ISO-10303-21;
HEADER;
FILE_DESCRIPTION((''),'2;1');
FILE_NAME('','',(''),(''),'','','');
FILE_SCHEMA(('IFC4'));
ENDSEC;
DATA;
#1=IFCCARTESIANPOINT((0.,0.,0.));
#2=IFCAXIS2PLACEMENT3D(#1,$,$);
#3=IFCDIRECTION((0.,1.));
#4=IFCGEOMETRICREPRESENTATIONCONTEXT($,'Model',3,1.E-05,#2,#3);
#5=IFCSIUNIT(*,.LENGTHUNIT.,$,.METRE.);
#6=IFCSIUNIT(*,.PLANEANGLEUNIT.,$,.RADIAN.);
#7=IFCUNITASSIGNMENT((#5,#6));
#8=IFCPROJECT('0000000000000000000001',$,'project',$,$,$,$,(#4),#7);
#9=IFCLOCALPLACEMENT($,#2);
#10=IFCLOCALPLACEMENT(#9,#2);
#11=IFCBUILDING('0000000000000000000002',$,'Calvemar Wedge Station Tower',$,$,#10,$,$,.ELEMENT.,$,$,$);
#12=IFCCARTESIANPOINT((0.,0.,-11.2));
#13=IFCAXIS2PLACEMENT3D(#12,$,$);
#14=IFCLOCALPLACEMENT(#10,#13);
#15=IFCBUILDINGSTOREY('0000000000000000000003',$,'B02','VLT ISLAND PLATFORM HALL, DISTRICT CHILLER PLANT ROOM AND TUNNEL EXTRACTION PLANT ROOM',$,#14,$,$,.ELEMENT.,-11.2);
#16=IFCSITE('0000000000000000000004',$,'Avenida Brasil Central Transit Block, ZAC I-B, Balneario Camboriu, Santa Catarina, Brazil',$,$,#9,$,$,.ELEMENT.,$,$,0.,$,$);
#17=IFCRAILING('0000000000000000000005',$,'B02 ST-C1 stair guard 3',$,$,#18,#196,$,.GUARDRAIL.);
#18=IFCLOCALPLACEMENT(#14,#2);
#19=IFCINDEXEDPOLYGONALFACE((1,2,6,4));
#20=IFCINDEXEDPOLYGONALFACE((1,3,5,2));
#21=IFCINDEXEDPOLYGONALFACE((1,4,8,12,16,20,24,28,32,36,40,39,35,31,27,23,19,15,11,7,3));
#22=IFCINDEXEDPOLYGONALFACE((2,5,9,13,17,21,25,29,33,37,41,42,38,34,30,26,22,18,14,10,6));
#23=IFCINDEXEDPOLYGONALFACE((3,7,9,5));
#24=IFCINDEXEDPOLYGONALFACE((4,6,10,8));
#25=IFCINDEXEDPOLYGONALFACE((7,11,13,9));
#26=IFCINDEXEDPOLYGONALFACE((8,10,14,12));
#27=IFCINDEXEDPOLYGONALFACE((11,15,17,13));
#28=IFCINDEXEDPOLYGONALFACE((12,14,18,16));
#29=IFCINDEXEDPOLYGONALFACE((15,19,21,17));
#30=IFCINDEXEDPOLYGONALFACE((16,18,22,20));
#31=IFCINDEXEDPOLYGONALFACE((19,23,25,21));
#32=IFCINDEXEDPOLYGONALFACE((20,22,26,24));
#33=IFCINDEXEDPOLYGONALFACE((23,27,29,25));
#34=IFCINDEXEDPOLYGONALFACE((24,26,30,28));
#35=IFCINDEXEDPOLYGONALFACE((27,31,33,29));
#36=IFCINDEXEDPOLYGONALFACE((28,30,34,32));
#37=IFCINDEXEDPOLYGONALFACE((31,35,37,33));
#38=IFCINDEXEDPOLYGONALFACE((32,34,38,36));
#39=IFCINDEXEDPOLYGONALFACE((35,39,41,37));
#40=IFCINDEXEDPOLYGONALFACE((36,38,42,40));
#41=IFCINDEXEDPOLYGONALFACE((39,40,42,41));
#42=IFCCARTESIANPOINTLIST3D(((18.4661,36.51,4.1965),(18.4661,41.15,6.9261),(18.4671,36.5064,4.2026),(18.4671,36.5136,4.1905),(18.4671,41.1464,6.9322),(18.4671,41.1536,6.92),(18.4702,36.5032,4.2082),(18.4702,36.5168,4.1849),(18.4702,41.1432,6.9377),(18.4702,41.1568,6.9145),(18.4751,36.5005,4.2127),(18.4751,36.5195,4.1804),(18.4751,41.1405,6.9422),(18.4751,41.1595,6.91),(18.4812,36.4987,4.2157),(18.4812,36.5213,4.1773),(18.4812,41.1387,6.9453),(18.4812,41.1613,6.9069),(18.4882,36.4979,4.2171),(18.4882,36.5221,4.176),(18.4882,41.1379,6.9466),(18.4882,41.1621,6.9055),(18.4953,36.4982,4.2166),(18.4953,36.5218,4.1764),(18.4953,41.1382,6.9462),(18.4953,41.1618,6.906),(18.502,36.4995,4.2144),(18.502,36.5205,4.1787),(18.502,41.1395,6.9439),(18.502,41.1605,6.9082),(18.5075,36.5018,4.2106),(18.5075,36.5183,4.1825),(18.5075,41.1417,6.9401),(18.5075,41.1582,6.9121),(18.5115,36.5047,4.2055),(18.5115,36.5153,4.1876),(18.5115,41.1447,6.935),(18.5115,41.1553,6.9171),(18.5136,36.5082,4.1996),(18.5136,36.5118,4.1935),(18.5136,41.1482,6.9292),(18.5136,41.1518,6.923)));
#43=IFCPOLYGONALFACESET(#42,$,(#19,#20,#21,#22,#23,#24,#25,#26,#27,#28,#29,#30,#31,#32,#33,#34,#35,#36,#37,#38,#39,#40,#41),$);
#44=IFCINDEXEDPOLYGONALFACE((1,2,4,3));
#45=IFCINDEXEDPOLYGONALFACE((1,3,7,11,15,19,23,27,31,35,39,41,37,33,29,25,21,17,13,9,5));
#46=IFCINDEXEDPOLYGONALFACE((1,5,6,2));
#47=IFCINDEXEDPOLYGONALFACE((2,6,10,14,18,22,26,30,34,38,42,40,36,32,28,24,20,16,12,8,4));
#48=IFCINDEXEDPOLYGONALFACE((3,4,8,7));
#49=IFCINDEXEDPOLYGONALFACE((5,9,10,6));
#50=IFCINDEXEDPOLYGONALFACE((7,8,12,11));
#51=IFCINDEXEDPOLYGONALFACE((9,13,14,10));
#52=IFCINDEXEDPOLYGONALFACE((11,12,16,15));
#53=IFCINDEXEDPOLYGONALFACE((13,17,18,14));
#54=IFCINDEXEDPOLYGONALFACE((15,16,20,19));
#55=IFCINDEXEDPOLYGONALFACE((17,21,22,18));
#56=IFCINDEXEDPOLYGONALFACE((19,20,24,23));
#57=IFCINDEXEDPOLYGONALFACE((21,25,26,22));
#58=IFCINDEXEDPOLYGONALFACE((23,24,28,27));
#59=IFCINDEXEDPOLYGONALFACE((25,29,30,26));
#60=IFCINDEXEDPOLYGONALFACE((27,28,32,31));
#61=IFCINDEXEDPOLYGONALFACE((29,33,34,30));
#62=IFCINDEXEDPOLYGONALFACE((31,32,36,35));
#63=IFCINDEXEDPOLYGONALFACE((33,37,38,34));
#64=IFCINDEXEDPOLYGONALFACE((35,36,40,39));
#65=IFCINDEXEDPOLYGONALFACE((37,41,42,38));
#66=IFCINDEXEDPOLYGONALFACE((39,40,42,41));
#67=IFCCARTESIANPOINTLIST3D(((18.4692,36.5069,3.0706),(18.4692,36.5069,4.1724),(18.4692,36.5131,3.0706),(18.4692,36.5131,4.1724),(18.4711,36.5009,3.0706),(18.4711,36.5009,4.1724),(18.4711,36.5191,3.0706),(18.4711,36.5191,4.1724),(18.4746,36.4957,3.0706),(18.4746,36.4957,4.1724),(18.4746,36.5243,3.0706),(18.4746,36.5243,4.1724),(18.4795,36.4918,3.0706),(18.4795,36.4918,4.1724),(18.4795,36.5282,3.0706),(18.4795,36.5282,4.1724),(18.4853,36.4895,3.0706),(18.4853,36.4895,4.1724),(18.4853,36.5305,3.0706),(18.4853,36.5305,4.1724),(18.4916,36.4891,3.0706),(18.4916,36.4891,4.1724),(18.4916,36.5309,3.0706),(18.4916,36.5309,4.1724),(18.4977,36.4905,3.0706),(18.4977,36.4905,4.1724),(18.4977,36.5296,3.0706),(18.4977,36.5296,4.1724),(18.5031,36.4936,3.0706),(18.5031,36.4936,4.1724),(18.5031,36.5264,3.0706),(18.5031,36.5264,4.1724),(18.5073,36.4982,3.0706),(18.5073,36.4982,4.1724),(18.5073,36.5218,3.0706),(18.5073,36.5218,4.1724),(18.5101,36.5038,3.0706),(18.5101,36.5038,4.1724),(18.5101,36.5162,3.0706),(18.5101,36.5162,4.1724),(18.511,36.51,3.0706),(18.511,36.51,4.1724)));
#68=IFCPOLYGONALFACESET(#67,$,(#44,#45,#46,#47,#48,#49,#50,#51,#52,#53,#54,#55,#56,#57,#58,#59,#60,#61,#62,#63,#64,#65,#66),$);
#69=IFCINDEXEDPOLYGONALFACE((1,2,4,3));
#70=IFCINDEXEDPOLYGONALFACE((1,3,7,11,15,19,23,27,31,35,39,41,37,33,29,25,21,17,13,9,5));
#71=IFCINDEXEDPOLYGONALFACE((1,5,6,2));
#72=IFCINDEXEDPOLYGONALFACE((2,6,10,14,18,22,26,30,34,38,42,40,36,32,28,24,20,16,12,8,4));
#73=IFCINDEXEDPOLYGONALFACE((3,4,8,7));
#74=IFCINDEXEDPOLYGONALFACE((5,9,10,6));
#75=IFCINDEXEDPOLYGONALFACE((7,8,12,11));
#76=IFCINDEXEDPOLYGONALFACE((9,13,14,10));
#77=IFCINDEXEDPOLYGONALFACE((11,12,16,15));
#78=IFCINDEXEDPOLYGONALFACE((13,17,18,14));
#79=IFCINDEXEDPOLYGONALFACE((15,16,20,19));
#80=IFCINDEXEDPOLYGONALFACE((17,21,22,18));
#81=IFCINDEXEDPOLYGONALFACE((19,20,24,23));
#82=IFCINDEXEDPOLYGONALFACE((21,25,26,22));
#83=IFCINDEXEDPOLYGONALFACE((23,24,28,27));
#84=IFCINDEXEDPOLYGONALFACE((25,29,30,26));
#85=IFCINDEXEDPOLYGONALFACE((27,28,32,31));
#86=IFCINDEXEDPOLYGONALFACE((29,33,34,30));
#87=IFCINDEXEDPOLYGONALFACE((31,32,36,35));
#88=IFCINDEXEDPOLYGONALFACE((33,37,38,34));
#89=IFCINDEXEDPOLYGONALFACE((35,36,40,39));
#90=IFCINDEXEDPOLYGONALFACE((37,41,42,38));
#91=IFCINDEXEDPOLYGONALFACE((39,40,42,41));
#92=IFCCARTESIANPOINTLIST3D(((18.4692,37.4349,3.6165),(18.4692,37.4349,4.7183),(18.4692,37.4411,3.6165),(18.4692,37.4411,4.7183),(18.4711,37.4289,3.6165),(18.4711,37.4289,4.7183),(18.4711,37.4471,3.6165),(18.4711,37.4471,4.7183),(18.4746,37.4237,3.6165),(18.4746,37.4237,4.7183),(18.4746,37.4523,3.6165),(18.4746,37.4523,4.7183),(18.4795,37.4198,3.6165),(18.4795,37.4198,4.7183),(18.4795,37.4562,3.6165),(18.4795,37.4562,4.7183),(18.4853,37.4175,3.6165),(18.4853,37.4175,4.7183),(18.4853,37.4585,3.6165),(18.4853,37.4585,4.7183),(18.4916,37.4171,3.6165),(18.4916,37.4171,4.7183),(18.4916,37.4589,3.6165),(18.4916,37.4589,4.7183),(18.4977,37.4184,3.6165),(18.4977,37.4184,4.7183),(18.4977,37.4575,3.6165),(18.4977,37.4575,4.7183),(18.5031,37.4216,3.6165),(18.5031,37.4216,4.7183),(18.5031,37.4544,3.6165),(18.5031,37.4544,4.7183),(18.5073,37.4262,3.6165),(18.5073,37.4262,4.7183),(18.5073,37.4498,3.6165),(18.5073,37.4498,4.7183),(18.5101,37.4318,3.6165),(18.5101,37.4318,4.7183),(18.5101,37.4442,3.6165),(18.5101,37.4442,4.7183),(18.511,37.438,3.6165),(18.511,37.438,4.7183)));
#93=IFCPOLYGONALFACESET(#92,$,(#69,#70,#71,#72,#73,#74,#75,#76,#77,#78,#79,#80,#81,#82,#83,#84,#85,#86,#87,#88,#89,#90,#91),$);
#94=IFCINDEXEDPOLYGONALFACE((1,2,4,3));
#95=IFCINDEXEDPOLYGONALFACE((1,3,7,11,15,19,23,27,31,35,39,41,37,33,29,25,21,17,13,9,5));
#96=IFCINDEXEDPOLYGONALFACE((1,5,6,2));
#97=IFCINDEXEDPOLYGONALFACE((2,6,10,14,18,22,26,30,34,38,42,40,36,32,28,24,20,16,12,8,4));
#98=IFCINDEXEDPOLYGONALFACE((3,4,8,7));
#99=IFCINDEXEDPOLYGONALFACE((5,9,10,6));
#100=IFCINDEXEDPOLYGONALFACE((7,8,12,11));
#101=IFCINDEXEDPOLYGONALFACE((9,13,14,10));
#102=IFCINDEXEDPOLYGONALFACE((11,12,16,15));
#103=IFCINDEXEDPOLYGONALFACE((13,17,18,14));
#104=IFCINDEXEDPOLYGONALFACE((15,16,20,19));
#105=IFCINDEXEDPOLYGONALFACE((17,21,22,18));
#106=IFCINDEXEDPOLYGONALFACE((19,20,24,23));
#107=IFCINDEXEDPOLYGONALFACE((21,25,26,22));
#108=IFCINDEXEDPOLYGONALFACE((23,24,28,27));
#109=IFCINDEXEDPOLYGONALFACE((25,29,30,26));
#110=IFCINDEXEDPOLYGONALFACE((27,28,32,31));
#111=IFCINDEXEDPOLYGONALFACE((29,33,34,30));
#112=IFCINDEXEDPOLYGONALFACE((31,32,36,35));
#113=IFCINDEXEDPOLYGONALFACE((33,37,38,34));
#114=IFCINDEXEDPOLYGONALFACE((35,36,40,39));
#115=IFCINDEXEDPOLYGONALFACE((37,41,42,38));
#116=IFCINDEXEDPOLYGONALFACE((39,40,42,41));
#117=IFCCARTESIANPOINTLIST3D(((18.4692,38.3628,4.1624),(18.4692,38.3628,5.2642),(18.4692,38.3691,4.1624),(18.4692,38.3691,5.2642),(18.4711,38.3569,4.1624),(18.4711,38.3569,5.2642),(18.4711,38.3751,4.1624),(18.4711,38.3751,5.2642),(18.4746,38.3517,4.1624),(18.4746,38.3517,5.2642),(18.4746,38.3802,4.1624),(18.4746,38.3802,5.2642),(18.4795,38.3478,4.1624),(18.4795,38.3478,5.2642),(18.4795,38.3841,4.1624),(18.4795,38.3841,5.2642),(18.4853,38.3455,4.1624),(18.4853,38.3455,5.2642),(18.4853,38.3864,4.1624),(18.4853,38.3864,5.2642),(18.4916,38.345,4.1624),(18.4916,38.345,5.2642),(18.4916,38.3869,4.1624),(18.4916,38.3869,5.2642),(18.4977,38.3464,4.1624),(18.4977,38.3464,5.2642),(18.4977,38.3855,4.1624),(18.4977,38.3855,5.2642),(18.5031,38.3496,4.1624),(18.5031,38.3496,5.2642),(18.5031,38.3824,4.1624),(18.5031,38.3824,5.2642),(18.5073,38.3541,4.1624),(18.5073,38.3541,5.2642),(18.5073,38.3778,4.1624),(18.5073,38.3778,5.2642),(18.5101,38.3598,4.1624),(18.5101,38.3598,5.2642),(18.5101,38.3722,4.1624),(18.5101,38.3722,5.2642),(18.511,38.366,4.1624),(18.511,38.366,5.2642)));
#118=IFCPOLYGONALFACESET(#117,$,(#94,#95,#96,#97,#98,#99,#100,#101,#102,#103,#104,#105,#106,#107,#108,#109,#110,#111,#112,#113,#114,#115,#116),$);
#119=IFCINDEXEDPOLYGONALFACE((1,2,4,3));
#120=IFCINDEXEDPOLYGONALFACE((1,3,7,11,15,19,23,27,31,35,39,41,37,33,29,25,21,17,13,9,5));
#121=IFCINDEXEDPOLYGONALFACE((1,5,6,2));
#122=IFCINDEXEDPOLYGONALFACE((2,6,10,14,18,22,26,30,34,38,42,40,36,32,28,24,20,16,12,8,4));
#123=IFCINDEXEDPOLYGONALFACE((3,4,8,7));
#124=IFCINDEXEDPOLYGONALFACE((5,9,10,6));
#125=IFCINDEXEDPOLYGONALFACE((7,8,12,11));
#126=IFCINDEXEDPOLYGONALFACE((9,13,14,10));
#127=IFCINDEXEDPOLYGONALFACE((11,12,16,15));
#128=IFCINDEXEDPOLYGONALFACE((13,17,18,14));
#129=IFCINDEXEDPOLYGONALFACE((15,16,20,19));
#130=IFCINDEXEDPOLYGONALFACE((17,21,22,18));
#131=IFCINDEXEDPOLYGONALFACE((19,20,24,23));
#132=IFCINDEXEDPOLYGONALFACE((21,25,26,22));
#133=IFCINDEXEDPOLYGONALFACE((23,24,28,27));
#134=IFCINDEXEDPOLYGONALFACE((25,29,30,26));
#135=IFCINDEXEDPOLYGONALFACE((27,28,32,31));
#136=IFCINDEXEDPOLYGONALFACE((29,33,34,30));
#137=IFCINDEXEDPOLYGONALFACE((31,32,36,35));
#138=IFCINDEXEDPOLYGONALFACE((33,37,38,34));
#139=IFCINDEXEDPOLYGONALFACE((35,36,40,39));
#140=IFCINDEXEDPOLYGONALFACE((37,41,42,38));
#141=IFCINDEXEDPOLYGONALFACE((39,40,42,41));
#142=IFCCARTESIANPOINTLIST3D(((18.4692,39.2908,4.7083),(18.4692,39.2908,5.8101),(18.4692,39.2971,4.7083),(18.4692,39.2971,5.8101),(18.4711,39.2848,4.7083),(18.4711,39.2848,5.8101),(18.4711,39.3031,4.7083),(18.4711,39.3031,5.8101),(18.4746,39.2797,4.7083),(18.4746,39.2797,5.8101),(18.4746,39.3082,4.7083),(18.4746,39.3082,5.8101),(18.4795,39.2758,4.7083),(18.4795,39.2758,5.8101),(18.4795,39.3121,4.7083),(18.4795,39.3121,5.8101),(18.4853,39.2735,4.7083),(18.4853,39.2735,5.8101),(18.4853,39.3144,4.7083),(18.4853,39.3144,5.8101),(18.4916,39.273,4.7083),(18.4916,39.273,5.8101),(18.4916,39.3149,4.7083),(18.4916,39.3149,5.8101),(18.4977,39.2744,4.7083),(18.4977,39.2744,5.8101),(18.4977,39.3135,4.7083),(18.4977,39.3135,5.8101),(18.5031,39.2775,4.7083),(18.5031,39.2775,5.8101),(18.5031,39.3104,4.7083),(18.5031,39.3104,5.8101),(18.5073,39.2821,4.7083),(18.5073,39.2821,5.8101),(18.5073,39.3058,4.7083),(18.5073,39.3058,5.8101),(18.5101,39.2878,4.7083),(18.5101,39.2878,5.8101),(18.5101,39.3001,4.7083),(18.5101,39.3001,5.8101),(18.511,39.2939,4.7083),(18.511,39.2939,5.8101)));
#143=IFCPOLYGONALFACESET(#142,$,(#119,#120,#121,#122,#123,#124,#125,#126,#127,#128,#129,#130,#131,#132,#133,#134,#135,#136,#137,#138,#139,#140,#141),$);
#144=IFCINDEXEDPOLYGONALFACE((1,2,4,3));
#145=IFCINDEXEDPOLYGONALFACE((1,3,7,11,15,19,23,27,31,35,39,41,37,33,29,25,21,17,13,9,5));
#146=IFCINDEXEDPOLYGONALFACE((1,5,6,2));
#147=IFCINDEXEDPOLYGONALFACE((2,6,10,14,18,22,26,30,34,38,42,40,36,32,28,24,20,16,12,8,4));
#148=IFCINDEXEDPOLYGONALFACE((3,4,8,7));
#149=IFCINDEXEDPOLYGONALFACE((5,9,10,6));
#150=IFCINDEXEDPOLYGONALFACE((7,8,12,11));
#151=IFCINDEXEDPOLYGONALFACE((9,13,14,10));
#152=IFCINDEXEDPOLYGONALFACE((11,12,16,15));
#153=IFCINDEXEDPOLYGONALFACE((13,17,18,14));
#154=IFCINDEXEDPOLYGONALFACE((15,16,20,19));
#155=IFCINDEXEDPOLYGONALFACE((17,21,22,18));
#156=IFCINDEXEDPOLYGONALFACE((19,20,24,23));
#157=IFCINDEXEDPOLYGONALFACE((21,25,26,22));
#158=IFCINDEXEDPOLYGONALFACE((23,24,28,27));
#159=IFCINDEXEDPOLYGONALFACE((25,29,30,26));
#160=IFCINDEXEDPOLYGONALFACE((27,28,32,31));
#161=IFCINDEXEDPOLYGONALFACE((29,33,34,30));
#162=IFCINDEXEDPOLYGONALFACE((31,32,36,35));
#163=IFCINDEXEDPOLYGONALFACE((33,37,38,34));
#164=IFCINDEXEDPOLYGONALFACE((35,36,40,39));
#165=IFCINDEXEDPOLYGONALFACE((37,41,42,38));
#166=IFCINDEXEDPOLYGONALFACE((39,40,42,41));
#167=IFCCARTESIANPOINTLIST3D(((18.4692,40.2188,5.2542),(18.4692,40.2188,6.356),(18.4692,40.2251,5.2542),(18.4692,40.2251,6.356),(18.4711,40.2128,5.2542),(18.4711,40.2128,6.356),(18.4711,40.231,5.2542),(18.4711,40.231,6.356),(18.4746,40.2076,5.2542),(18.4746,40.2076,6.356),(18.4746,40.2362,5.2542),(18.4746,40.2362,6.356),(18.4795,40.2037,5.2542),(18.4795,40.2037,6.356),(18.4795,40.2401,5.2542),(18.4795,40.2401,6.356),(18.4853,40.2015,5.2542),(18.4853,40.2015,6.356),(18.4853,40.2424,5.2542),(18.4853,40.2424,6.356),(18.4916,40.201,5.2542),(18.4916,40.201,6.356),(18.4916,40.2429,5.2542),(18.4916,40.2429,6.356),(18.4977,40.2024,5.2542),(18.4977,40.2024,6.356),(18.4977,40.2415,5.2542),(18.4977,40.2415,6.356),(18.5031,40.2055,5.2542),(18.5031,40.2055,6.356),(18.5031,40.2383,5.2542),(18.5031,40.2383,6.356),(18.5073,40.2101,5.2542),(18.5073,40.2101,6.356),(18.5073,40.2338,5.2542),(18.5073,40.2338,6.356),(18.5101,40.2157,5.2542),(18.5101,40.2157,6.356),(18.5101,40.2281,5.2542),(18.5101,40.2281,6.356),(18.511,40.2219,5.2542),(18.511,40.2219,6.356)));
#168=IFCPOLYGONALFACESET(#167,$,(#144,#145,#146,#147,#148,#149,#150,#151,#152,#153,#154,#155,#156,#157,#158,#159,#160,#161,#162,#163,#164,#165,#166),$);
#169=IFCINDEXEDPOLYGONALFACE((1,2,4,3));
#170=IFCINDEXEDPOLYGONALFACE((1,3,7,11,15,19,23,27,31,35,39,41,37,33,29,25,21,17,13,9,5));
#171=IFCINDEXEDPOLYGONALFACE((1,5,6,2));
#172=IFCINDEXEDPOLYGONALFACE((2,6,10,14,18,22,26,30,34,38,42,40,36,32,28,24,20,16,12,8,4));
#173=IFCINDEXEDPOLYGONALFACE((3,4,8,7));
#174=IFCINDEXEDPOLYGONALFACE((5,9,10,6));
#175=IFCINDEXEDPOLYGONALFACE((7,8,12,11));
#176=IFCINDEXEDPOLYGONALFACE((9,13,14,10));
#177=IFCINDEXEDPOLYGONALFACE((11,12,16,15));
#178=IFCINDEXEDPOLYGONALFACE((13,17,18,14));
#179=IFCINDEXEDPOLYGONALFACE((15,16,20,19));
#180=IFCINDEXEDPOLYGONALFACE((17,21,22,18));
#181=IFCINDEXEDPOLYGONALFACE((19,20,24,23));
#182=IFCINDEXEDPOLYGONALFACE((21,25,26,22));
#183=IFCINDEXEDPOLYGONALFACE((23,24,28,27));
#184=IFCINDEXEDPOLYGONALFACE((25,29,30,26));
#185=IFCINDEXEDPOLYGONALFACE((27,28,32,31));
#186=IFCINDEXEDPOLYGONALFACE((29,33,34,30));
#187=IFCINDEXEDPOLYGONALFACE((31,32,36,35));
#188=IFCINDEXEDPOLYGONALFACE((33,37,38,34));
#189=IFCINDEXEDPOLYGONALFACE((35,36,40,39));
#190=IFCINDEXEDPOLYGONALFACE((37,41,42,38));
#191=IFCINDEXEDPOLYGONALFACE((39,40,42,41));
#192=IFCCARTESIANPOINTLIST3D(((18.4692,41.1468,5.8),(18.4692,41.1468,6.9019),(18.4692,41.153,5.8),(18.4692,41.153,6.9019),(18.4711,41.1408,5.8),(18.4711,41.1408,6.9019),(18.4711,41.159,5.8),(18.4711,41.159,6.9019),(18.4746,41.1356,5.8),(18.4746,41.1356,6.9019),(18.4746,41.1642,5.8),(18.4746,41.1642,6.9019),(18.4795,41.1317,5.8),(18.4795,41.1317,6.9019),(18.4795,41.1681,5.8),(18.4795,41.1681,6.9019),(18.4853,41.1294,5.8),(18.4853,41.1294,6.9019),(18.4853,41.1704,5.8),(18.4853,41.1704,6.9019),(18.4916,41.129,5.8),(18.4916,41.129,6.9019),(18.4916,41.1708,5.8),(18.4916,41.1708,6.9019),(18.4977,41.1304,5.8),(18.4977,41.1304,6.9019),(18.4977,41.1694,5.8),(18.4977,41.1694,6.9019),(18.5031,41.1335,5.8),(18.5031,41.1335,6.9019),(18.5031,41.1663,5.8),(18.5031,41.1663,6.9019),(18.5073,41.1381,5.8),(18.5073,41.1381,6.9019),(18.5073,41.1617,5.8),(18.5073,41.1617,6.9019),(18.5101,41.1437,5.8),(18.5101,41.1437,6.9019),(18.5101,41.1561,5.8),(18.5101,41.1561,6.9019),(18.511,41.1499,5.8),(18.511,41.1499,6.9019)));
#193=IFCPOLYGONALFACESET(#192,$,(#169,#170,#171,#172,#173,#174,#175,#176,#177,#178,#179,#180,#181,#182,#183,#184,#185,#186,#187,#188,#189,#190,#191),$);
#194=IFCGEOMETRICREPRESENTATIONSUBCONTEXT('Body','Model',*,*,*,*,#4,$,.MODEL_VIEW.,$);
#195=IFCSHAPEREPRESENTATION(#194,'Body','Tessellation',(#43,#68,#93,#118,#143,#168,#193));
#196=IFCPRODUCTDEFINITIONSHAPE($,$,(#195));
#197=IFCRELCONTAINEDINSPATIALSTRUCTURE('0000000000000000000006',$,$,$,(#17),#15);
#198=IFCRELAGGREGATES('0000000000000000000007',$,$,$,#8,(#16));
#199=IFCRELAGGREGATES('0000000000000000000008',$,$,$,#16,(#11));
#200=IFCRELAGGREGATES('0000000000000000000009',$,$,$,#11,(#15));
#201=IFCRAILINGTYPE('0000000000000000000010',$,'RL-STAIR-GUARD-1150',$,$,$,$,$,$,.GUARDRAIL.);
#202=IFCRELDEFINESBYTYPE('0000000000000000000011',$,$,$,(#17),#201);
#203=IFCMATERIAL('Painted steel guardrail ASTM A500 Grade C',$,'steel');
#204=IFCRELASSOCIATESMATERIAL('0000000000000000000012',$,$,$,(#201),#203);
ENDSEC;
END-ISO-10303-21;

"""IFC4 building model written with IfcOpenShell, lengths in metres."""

from ifc_helpers import new_model, si_unit, direction, frame, origin, origin_2d, place, context, subcontext, project, spatial, circle, extrude, material, type_object, element, save


model = new_model("IFC4")

# Units and contexts
model_context = context("Model", 3, precision=1e-05, world=origin(), true_north=direction((0.0, 1.0)))
body_context = subcontext(model_context, "Body", "Model", "MODEL_VIEW")
ifc_project = project(units=[si_unit("LENGTHUNIT", "METRE"), si_unit("PLANEANGLEUNIT", "RADIAN")], contexts=[model_context])

# Site, building, storey
site_placement = place(None, origin())
site = spatial("IfcSite", under=ifc_project, at=site_placement, Name="Avenida Brasil Central Transit Block, ZAC I-B, Balneario Camboriu, Santa Catarina, Brazil", CompositionType="ELEMENT", RefElevation=0.0)
building_placement = place(site_placement, origin())
building = spatial("IfcBuilding", under=site, at=building_placement, Name="Calvemar Wedge Station Tower", CompositionType="ELEMENT")
storey_placement = place(building_placement, frame((0.0, 0.0, -11.2)))
storey = spatial("IfcBuildingStorey", under=building, at=storey_placement, Name="B02", Description="VLT ISLAND PLATFORM HALL, DISTRICT CHILLER PLANT ROOM AND TUNNEL EXTRACTION PLANT ROOM", CompositionType="ELEMENT", Elevation=-11.2)

# Railing
ifc_material_1 = material(Name="Painted steel guardrail ASTM A500 Grade C", Category="steel")
railing_type_1 = type_object("IfcRailingType", Name="RL-STAIR-GUARD-1150", PredefinedType="GUARDRAIL", material=ifc_material_1)
railing_1_placement = place(storey_placement, frame((18.49, 36.51, 3.0706)))
element("IfcRailing", 1, at=railing_1_placement, inside=storey, type_object=railing_type_1, Name="B02 ST-C1 stair guard 3", PredefinedType="GUARDRAIL", context=body_context, shape_type="SweptSolid", body=[
    extrude(circle(Radius=0.0239, at=origin_2d()), frame((0.0, 0.0, 1.126), z_axis=(0.0, 0.861923, 0.50704), x_axis=(-1.0, 0.0, 0.0)), (0.0, 0.0, 1.0), 5.3833),
    extrude(circle(Radius=0.021, at=origin_2d()), origin(), (0.0, 0.0, 1.0), 1.1018),
    extrude(circle(Radius=0.021, at=origin_2d()), frame((0.0, 0.928, 0.5459)), (0.0, 0.0, 1.0), 1.1018),
    extrude(circle(Radius=0.021, at=origin_2d()), frame((0.0, 1.856, 1.0918)), (0.0, 0.0, 1.0), 1.1018),
    extrude(circle(Radius=0.021, at=origin_2d()), frame((0.0, 2.7839, 1.6377)), (0.0, 0.0, 1.0), 1.1018),
    extrude(circle(Radius=0.021, at=origin_2d()), frame((0.0, 3.7119, 2.1836)), (0.0, 0.0, 1.0), 1.1018),
    extrude(circle(Radius=0.021, at=origin_2d()), frame((0.0, 4.6399, 2.7295)), (0.0, 0.0, 1.0), 1.1018),
])

save(model, "model.ifc")
